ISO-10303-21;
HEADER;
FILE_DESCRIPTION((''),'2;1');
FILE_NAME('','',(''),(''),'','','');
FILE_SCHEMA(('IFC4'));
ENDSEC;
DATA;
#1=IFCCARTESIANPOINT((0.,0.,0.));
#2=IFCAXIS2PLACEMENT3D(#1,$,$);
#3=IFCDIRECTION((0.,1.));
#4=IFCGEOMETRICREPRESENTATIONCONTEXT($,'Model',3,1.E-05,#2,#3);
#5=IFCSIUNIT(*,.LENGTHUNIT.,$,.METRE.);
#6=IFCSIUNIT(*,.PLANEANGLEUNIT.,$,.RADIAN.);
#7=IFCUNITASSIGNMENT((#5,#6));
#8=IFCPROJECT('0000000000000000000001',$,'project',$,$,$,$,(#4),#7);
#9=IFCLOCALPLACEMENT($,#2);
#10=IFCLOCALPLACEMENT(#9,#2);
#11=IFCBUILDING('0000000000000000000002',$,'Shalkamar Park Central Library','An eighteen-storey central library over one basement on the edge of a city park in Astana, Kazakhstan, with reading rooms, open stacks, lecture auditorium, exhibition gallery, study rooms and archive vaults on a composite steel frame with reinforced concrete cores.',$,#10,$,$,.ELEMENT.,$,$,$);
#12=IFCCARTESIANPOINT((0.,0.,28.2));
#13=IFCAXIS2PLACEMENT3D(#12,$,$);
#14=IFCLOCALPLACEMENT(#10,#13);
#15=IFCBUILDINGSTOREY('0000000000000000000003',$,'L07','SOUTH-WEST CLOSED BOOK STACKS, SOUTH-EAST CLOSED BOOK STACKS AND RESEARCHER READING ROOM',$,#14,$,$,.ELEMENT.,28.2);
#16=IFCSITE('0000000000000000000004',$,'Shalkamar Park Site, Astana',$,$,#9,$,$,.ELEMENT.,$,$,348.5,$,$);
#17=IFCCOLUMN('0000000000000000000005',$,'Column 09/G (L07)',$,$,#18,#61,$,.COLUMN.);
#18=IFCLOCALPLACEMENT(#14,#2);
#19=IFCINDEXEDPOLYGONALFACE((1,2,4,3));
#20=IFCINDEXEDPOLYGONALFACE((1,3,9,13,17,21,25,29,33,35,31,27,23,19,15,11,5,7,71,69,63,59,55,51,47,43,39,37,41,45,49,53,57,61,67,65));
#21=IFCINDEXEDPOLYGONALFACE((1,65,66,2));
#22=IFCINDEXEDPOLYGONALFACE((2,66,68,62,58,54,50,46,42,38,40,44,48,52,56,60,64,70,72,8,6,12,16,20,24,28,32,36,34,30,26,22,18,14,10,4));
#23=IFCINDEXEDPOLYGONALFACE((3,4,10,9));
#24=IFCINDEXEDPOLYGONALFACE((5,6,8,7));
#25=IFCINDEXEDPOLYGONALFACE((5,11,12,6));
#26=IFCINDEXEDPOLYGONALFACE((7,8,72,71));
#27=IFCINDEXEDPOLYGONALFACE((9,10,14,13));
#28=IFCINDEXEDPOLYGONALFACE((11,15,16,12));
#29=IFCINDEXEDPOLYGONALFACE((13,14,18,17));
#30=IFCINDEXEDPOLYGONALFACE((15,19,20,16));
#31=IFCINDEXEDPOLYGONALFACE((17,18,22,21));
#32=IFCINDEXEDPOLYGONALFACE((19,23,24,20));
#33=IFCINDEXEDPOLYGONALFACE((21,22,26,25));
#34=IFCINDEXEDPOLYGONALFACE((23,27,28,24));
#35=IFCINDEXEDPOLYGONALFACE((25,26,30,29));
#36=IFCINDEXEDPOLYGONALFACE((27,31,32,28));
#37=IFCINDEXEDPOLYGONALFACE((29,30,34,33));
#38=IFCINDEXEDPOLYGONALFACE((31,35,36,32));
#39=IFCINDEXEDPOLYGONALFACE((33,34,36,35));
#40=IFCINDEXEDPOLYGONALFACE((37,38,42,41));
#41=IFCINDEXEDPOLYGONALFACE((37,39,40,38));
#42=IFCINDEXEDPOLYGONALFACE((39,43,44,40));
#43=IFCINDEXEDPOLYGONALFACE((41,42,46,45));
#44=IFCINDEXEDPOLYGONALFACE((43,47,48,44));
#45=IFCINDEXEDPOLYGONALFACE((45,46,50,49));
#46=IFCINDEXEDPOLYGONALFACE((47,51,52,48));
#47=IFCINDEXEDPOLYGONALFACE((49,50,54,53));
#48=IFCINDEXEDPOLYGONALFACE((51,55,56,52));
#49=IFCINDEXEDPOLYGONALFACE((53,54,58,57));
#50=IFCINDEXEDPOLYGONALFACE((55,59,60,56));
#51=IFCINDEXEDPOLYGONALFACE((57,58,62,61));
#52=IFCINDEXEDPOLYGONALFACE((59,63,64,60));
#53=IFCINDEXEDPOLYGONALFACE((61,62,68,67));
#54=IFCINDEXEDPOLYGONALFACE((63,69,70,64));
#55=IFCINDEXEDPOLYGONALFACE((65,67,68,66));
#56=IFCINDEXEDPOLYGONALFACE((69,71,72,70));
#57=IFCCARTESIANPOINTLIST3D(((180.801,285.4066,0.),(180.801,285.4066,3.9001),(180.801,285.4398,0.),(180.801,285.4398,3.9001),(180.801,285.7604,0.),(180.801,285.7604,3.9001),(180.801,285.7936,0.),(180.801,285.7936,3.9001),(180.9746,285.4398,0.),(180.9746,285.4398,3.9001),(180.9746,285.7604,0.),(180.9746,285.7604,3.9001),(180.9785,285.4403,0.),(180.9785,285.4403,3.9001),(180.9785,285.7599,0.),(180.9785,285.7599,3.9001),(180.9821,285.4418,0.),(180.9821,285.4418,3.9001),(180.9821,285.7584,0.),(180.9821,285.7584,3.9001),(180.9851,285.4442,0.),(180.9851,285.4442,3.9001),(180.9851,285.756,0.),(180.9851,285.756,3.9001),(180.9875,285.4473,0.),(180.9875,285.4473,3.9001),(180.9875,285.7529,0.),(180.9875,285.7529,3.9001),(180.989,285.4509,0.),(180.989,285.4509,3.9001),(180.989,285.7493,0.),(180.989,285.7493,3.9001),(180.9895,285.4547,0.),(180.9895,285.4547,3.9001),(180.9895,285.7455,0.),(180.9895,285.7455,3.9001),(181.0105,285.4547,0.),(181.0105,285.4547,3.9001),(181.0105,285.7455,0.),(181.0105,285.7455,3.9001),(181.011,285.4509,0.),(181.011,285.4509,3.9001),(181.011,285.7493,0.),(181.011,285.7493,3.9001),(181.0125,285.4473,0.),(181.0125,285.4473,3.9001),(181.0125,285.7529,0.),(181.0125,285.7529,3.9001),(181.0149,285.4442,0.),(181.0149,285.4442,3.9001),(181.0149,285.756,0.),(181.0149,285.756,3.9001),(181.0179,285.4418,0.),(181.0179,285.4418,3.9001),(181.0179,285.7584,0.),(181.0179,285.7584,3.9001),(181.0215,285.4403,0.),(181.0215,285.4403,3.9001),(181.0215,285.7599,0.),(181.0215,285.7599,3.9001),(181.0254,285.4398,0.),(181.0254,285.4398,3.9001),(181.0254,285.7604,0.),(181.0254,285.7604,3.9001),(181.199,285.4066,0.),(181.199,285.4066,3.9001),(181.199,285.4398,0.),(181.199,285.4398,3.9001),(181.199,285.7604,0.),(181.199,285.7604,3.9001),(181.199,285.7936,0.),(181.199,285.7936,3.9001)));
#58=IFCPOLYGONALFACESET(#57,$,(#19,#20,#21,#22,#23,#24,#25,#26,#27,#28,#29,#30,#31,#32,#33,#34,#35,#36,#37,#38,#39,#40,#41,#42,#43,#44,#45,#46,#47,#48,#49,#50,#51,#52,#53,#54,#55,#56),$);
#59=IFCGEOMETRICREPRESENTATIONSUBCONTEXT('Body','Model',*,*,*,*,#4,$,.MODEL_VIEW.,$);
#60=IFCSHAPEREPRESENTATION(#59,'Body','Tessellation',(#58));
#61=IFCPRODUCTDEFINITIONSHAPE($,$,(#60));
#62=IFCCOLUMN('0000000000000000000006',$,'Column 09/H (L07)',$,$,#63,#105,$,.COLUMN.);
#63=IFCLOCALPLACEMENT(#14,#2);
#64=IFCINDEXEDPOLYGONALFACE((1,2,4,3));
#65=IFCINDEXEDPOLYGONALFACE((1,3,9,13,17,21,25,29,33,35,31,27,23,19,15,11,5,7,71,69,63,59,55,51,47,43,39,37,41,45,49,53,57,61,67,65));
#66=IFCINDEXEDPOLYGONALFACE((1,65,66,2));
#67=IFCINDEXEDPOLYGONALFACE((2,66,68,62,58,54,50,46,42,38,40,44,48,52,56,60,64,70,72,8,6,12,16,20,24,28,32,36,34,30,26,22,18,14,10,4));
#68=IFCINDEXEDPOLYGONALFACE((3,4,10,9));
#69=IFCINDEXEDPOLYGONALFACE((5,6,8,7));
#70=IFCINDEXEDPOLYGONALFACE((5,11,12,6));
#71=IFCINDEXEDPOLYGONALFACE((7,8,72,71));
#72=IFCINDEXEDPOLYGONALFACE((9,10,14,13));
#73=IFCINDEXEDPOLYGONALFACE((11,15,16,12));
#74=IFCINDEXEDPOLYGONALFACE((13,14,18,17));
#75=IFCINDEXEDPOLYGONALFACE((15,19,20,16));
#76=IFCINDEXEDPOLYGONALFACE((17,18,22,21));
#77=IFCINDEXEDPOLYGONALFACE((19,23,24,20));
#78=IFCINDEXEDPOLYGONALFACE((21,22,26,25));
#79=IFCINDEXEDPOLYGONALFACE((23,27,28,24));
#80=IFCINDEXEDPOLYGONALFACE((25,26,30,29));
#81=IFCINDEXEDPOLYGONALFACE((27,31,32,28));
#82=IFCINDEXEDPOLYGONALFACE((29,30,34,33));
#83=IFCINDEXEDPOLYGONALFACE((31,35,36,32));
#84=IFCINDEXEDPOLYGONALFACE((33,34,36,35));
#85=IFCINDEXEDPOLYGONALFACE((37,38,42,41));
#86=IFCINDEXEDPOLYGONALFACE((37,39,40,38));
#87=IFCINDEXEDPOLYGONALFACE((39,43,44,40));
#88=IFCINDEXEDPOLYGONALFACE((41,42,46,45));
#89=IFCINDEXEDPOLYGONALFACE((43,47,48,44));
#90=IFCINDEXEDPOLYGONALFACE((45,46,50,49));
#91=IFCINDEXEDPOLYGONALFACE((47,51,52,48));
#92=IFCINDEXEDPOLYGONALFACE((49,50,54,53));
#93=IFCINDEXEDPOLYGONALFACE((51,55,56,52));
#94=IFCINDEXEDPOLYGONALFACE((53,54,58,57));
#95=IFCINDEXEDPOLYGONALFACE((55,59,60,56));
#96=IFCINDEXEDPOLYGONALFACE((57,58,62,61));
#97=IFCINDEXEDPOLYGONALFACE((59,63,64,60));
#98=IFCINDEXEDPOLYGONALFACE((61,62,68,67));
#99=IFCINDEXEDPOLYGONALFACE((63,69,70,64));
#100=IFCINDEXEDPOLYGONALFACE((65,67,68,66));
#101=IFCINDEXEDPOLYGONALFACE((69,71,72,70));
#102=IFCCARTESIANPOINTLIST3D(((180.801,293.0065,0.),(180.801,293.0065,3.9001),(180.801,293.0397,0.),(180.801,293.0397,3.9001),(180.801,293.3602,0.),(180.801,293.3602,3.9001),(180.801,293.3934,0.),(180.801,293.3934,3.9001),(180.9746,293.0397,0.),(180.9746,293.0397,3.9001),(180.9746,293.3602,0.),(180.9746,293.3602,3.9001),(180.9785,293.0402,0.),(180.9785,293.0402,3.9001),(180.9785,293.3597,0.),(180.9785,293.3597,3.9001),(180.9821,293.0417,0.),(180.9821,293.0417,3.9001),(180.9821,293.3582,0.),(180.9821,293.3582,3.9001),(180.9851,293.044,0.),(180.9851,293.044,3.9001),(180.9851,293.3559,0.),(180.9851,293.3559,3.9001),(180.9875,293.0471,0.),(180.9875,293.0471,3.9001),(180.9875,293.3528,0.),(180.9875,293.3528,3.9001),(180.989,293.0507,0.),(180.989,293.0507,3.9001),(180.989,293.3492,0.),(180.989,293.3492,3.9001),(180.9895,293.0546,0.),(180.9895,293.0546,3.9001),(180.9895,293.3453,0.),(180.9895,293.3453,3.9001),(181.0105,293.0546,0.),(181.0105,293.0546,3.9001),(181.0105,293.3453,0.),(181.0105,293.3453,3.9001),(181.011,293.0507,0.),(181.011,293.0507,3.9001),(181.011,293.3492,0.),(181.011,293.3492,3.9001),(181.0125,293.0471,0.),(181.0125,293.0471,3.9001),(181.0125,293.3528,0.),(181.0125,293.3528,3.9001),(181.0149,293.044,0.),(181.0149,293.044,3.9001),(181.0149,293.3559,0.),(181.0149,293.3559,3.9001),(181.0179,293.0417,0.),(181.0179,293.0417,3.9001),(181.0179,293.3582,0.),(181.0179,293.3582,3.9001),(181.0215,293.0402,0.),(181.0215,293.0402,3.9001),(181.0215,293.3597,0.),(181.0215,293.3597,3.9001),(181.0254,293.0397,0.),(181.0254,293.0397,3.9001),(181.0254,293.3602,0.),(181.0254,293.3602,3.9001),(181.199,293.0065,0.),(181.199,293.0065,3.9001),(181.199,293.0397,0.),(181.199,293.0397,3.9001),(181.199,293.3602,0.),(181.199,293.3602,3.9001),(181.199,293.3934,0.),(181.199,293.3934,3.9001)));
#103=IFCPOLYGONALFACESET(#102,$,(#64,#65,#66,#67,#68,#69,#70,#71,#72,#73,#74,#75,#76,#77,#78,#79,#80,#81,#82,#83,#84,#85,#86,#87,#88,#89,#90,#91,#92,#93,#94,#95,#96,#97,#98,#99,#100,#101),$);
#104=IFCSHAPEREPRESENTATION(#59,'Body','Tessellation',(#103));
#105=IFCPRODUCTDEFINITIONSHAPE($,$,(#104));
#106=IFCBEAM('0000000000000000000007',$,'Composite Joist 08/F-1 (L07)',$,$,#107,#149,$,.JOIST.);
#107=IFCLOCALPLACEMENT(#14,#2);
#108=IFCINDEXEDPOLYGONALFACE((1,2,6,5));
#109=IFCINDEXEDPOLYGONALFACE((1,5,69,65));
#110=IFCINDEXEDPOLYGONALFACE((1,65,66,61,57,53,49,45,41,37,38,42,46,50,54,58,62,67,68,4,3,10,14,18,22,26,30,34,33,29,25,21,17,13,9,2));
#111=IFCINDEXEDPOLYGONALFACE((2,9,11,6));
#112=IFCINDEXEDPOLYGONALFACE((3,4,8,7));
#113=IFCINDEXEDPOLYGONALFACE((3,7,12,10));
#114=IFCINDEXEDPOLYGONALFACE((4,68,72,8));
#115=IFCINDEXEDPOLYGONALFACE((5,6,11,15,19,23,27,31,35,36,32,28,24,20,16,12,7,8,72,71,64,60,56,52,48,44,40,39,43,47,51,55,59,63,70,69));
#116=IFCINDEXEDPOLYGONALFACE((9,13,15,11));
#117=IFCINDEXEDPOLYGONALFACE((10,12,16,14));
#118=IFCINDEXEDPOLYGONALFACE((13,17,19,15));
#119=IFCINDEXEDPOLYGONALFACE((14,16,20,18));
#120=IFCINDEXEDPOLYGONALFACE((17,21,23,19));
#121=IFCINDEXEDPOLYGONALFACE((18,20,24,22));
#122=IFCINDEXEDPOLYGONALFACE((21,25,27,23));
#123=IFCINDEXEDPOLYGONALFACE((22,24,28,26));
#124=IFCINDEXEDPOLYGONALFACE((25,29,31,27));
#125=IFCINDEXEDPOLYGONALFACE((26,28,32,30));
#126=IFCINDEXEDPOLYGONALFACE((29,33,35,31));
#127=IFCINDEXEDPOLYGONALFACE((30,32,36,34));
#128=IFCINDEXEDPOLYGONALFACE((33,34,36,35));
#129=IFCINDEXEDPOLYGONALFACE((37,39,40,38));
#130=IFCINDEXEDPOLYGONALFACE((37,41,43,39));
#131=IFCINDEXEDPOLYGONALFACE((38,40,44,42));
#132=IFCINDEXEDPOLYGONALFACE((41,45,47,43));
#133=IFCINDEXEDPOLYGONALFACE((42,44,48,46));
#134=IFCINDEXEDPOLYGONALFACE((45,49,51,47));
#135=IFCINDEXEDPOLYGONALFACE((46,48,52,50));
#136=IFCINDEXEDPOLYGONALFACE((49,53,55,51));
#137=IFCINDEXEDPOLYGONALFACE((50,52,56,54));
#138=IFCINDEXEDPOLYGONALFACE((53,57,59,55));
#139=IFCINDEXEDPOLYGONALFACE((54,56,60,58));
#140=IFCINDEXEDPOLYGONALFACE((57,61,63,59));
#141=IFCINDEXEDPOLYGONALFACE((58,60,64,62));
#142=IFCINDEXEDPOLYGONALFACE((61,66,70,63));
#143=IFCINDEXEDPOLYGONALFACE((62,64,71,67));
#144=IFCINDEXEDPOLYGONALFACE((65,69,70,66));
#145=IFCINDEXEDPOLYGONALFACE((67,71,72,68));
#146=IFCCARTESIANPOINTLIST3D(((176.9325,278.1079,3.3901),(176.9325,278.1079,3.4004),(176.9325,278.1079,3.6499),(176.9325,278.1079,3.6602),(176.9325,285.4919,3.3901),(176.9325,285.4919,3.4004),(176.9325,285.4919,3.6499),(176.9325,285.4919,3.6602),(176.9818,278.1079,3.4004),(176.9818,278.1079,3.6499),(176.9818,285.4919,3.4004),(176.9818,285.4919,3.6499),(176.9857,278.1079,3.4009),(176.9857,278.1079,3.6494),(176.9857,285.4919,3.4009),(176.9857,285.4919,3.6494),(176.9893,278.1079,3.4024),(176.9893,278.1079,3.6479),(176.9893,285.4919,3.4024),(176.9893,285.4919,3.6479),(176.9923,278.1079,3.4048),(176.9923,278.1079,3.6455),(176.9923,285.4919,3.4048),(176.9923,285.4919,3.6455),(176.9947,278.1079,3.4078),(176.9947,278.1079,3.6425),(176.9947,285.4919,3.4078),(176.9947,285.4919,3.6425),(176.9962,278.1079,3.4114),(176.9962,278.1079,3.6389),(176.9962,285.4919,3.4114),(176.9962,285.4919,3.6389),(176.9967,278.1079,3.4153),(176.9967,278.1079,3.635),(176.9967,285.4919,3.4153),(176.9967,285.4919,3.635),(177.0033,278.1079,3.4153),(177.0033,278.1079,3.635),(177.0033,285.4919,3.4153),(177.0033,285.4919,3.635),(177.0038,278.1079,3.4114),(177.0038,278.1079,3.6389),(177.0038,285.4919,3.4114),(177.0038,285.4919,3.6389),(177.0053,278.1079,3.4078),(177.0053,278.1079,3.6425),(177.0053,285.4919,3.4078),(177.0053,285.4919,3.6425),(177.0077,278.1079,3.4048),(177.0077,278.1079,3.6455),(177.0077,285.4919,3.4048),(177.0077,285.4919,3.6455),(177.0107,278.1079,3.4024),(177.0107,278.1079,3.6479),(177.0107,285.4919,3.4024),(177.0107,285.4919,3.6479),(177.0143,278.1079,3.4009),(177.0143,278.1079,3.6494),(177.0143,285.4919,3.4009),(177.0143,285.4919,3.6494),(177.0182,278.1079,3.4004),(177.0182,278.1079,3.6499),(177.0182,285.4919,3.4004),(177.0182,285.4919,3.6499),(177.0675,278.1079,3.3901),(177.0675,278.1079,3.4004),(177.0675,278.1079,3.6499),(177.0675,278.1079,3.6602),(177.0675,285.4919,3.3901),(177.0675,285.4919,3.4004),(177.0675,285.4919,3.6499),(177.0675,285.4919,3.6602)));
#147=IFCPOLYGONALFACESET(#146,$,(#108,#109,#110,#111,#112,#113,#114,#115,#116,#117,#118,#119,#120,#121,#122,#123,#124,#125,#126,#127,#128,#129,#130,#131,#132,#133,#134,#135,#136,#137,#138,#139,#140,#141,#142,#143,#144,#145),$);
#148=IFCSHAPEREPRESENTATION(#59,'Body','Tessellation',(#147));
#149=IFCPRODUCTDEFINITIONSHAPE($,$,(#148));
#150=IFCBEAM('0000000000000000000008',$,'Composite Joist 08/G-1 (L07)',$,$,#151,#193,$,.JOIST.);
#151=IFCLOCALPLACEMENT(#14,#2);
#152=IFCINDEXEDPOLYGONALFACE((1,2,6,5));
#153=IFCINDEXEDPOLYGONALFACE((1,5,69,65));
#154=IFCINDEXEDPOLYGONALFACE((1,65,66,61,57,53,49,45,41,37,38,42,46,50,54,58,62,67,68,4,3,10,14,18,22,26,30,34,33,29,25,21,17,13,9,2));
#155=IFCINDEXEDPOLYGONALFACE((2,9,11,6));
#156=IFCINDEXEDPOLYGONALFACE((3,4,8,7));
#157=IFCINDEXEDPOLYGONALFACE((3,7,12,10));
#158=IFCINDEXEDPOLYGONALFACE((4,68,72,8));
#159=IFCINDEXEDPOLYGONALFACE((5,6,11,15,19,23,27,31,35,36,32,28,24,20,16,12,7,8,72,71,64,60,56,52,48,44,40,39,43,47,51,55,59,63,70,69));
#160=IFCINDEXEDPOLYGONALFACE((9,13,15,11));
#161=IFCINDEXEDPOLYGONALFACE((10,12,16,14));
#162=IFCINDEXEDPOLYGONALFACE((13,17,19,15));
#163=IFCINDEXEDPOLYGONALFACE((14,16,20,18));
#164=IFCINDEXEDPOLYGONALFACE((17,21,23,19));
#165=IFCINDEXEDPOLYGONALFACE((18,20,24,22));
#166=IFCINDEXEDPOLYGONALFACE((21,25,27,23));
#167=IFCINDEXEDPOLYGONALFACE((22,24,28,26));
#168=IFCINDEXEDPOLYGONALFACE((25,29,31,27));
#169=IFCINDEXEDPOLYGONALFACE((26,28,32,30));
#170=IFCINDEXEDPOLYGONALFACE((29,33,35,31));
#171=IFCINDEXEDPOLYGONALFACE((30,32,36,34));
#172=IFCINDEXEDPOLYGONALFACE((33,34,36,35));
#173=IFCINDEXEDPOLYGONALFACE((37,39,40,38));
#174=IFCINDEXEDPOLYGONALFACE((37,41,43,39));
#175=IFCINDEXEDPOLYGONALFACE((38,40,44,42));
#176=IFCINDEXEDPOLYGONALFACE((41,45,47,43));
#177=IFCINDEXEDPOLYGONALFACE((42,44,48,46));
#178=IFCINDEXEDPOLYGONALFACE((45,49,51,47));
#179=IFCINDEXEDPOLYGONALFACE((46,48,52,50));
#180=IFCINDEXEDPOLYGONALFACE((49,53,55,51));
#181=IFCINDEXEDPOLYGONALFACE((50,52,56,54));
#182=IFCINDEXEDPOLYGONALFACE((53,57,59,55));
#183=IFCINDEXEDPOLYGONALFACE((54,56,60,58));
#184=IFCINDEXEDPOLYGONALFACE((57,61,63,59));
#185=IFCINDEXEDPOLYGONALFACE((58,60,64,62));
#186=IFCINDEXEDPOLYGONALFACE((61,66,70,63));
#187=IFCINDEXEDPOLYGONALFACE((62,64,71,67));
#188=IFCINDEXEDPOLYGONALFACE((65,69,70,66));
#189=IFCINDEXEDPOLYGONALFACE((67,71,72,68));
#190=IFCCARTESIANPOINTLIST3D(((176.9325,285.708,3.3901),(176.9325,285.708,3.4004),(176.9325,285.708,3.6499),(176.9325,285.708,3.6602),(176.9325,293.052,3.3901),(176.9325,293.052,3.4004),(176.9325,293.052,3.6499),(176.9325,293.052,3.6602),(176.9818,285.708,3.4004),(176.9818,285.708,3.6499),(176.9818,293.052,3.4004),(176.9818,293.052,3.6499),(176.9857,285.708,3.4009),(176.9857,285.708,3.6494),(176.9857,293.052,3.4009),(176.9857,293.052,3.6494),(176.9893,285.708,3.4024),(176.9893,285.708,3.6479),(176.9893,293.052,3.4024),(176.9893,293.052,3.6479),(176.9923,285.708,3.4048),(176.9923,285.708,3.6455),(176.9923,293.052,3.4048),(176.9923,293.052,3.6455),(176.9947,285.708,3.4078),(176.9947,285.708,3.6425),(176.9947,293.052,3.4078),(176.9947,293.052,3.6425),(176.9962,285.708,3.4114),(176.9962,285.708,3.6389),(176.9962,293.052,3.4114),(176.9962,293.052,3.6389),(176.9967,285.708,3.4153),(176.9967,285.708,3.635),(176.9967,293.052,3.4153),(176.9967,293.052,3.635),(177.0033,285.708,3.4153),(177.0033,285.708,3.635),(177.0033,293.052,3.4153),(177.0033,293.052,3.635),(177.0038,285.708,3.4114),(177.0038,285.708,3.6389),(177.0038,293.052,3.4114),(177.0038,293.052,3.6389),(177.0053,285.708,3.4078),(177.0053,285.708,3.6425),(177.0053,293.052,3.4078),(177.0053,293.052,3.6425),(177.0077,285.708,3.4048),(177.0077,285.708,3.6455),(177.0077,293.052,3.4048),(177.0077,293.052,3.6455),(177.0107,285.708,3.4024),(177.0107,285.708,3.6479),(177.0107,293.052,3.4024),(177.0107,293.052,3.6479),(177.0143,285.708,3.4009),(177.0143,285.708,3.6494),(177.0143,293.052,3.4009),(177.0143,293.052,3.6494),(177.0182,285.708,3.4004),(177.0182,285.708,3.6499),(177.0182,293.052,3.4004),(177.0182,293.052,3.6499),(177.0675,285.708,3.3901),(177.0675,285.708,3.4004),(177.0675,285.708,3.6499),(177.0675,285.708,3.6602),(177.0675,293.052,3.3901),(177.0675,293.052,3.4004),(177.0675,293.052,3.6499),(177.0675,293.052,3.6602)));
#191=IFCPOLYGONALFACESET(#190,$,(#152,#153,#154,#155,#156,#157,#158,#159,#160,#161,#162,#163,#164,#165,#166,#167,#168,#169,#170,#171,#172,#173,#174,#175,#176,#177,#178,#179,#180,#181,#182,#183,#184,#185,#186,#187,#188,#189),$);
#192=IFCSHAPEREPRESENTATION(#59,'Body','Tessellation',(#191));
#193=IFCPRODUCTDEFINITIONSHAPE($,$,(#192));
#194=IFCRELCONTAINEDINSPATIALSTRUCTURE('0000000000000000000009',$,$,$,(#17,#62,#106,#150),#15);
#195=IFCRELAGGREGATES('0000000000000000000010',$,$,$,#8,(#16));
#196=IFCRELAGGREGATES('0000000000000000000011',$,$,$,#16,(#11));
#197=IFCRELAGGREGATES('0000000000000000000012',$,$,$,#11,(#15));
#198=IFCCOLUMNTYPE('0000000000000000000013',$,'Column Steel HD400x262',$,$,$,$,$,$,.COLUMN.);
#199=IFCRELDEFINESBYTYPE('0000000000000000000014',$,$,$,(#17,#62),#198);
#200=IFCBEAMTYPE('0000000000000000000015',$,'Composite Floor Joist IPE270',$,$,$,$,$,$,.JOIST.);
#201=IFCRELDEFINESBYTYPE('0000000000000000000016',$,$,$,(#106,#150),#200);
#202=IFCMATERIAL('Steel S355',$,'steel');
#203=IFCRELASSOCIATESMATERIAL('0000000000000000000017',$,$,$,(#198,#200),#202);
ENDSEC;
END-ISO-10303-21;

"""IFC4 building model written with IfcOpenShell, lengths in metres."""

from ifc_helpers import new_model, si_unit, direction, frame, origin, origin_2d, place, context, subcontext, project, spatial, i_section, extrude, material, material_profile, profile_set, type_object, element, save


model = new_model("IFC4")

# Units and contexts
model_context = context("Model", 3, precision=1e-05, world=origin(), true_north=direction((0.0, 1.0)))
body_context = subcontext(model_context, "Body", "Model", "MODEL_VIEW")
ifc_project = project(units=[si_unit("LENGTHUNIT", "METRE"), si_unit("PLANEANGLEUNIT", "RADIAN")], contexts=[model_context])

# Site, building, storey
site_placement = place(None, origin())
site = spatial("IfcSite", under=ifc_project, at=site_placement, Name="Shalkamar Park Site, Astana", CompositionType="ELEMENT", RefElevation=348.5)
building_placement = place(site_placement, origin())
building = spatial("IfcBuilding", under=site, at=building_placement, Name="Shalkamar Park Central Library", Description="An eighteen-storey central library over one basement on the edge of a city park in Astana, Kazakhstan, with reading rooms, open stacks, lecture auditorium, exhibition gallery, study rooms and archive vaults on a composite steel frame with reinforced concrete cores.", CompositionType="ELEMENT")
storey_placement = place(building_placement, frame((0.0, 0.0, 28.2)))
storey = spatial("IfcBuildingStorey", under=building, at=storey_placement, Name="L07", Description="SOUTH-WEST CLOSED BOOK STACKS, SOUTH-EAST CLOSED BOOK STACKS AND RESEARCHER READING ROOM", CompositionType="ELEMENT", Elevation=28.2)

# Columns
ifc_material_1 = material(Name="Steel S355", Category="steel")
ifc_material_profile_1 = material_profile(ifc_material_1, i_section(OverallWidth=0.3979, OverallDepth=0.387, WebThickness=0.021, FlangeThickness=0.0332, FilletRadius=0.0149, at=origin_2d()), Name="HD 400x262")
ifc_profile_set_1 = profile_set([ifc_material_profile_1], Name="Steel S355")
column_type = type_object("IfcColumnType", Name="Column Steel HD400x262", PredefinedType="COLUMN", material=ifc_profile_set_1)
for number, where, z_axis, x_axis, name in (
    (1, (181.0, 285.6001, 0.0), (0.0, 0.0, 1.0), (1.0, 0.0, 0.0), "Column 09/G (L07)"),
    (2, (181.0, 293.2, 0.0), (0.0, 0.0, 1.0), (1.0, 0.0, 0.0), "Column 09/H (L07)"),
):
    element("IfcColumn", number, at=place(storey_placement, frame(where, z_axis=z_axis, x_axis=x_axis)), inside=storey, type_object=column_type, Name=name, PredefinedType="COLUMN", context=body_context, shape_type="SweptSolid", body=[
        extrude(i_section(OverallWidth=0.3979, OverallDepth=0.387, WebThickness=0.021, FlangeThickness=0.0332, FilletRadius=0.0149, at=origin_2d()), origin(), (0.0, 0.0, 1.0), 3.9001),
    ])

# Beams
ifc_material_profile_2 = material_profile(ifc_material_1, i_section(OverallWidth=0.135, OverallDepth=0.27, WebThickness=0.0066, FlangeThickness=0.0103, FilletRadius=0.0149, at=origin_2d()), Name="IPE 270")
ifc_profile_set_2 = profile_set([ifc_material_profile_2], Name="Steel S355")
beam_type_1 = type_object("IfcBeamType", Name="Composite Floor Joist IPE270", PredefinedType="JOIST", material=ifc_profile_set_2)
beam_1_placement = place(storey_placement, frame((177.0, 278.1079, 3.5251), z_axis=(0.0, 1.0, 0.0), x_axis=(-1.0, 0.0, 0.0)))
element("IfcBeam", 3, at=beam_1_placement, inside=storey, type_object=beam_type_1, Name="Composite Joist 08/F-1 (L07)", PredefinedType="JOIST", context=body_context, shape_type="SweptSolid", body=[
    extrude(i_section(OverallWidth=0.135, OverallDepth=0.27, WebThickness=0.0066, FlangeThickness=0.0103, FilletRadius=0.0149, at=origin_2d()), origin(), (0.0, 0.0, 1.0), 7.384),
])
beam_2_placement = place(storey_placement, frame((177.0, 285.708, 3.5251), z_axis=(0.0, 1.0, 0.0), x_axis=(-1.0, 0.0, 0.0)))
element("IfcBeam", 4, at=beam_2_placement, inside=storey, type_object=beam_type_1, Name="Composite Joist 08/G-1 (L07)", PredefinedType="JOIST", context=body_context, shape_type="SweptSolid", body=[
    extrude(i_section(OverallWidth=0.135, OverallDepth=0.27, WebThickness=0.0066, FlangeThickness=0.0103, FilletRadius=0.0149, at=origin_2d()), origin(), (0.0, 0.0, 1.0), 7.344),
])

save(model, "model.ifc")
